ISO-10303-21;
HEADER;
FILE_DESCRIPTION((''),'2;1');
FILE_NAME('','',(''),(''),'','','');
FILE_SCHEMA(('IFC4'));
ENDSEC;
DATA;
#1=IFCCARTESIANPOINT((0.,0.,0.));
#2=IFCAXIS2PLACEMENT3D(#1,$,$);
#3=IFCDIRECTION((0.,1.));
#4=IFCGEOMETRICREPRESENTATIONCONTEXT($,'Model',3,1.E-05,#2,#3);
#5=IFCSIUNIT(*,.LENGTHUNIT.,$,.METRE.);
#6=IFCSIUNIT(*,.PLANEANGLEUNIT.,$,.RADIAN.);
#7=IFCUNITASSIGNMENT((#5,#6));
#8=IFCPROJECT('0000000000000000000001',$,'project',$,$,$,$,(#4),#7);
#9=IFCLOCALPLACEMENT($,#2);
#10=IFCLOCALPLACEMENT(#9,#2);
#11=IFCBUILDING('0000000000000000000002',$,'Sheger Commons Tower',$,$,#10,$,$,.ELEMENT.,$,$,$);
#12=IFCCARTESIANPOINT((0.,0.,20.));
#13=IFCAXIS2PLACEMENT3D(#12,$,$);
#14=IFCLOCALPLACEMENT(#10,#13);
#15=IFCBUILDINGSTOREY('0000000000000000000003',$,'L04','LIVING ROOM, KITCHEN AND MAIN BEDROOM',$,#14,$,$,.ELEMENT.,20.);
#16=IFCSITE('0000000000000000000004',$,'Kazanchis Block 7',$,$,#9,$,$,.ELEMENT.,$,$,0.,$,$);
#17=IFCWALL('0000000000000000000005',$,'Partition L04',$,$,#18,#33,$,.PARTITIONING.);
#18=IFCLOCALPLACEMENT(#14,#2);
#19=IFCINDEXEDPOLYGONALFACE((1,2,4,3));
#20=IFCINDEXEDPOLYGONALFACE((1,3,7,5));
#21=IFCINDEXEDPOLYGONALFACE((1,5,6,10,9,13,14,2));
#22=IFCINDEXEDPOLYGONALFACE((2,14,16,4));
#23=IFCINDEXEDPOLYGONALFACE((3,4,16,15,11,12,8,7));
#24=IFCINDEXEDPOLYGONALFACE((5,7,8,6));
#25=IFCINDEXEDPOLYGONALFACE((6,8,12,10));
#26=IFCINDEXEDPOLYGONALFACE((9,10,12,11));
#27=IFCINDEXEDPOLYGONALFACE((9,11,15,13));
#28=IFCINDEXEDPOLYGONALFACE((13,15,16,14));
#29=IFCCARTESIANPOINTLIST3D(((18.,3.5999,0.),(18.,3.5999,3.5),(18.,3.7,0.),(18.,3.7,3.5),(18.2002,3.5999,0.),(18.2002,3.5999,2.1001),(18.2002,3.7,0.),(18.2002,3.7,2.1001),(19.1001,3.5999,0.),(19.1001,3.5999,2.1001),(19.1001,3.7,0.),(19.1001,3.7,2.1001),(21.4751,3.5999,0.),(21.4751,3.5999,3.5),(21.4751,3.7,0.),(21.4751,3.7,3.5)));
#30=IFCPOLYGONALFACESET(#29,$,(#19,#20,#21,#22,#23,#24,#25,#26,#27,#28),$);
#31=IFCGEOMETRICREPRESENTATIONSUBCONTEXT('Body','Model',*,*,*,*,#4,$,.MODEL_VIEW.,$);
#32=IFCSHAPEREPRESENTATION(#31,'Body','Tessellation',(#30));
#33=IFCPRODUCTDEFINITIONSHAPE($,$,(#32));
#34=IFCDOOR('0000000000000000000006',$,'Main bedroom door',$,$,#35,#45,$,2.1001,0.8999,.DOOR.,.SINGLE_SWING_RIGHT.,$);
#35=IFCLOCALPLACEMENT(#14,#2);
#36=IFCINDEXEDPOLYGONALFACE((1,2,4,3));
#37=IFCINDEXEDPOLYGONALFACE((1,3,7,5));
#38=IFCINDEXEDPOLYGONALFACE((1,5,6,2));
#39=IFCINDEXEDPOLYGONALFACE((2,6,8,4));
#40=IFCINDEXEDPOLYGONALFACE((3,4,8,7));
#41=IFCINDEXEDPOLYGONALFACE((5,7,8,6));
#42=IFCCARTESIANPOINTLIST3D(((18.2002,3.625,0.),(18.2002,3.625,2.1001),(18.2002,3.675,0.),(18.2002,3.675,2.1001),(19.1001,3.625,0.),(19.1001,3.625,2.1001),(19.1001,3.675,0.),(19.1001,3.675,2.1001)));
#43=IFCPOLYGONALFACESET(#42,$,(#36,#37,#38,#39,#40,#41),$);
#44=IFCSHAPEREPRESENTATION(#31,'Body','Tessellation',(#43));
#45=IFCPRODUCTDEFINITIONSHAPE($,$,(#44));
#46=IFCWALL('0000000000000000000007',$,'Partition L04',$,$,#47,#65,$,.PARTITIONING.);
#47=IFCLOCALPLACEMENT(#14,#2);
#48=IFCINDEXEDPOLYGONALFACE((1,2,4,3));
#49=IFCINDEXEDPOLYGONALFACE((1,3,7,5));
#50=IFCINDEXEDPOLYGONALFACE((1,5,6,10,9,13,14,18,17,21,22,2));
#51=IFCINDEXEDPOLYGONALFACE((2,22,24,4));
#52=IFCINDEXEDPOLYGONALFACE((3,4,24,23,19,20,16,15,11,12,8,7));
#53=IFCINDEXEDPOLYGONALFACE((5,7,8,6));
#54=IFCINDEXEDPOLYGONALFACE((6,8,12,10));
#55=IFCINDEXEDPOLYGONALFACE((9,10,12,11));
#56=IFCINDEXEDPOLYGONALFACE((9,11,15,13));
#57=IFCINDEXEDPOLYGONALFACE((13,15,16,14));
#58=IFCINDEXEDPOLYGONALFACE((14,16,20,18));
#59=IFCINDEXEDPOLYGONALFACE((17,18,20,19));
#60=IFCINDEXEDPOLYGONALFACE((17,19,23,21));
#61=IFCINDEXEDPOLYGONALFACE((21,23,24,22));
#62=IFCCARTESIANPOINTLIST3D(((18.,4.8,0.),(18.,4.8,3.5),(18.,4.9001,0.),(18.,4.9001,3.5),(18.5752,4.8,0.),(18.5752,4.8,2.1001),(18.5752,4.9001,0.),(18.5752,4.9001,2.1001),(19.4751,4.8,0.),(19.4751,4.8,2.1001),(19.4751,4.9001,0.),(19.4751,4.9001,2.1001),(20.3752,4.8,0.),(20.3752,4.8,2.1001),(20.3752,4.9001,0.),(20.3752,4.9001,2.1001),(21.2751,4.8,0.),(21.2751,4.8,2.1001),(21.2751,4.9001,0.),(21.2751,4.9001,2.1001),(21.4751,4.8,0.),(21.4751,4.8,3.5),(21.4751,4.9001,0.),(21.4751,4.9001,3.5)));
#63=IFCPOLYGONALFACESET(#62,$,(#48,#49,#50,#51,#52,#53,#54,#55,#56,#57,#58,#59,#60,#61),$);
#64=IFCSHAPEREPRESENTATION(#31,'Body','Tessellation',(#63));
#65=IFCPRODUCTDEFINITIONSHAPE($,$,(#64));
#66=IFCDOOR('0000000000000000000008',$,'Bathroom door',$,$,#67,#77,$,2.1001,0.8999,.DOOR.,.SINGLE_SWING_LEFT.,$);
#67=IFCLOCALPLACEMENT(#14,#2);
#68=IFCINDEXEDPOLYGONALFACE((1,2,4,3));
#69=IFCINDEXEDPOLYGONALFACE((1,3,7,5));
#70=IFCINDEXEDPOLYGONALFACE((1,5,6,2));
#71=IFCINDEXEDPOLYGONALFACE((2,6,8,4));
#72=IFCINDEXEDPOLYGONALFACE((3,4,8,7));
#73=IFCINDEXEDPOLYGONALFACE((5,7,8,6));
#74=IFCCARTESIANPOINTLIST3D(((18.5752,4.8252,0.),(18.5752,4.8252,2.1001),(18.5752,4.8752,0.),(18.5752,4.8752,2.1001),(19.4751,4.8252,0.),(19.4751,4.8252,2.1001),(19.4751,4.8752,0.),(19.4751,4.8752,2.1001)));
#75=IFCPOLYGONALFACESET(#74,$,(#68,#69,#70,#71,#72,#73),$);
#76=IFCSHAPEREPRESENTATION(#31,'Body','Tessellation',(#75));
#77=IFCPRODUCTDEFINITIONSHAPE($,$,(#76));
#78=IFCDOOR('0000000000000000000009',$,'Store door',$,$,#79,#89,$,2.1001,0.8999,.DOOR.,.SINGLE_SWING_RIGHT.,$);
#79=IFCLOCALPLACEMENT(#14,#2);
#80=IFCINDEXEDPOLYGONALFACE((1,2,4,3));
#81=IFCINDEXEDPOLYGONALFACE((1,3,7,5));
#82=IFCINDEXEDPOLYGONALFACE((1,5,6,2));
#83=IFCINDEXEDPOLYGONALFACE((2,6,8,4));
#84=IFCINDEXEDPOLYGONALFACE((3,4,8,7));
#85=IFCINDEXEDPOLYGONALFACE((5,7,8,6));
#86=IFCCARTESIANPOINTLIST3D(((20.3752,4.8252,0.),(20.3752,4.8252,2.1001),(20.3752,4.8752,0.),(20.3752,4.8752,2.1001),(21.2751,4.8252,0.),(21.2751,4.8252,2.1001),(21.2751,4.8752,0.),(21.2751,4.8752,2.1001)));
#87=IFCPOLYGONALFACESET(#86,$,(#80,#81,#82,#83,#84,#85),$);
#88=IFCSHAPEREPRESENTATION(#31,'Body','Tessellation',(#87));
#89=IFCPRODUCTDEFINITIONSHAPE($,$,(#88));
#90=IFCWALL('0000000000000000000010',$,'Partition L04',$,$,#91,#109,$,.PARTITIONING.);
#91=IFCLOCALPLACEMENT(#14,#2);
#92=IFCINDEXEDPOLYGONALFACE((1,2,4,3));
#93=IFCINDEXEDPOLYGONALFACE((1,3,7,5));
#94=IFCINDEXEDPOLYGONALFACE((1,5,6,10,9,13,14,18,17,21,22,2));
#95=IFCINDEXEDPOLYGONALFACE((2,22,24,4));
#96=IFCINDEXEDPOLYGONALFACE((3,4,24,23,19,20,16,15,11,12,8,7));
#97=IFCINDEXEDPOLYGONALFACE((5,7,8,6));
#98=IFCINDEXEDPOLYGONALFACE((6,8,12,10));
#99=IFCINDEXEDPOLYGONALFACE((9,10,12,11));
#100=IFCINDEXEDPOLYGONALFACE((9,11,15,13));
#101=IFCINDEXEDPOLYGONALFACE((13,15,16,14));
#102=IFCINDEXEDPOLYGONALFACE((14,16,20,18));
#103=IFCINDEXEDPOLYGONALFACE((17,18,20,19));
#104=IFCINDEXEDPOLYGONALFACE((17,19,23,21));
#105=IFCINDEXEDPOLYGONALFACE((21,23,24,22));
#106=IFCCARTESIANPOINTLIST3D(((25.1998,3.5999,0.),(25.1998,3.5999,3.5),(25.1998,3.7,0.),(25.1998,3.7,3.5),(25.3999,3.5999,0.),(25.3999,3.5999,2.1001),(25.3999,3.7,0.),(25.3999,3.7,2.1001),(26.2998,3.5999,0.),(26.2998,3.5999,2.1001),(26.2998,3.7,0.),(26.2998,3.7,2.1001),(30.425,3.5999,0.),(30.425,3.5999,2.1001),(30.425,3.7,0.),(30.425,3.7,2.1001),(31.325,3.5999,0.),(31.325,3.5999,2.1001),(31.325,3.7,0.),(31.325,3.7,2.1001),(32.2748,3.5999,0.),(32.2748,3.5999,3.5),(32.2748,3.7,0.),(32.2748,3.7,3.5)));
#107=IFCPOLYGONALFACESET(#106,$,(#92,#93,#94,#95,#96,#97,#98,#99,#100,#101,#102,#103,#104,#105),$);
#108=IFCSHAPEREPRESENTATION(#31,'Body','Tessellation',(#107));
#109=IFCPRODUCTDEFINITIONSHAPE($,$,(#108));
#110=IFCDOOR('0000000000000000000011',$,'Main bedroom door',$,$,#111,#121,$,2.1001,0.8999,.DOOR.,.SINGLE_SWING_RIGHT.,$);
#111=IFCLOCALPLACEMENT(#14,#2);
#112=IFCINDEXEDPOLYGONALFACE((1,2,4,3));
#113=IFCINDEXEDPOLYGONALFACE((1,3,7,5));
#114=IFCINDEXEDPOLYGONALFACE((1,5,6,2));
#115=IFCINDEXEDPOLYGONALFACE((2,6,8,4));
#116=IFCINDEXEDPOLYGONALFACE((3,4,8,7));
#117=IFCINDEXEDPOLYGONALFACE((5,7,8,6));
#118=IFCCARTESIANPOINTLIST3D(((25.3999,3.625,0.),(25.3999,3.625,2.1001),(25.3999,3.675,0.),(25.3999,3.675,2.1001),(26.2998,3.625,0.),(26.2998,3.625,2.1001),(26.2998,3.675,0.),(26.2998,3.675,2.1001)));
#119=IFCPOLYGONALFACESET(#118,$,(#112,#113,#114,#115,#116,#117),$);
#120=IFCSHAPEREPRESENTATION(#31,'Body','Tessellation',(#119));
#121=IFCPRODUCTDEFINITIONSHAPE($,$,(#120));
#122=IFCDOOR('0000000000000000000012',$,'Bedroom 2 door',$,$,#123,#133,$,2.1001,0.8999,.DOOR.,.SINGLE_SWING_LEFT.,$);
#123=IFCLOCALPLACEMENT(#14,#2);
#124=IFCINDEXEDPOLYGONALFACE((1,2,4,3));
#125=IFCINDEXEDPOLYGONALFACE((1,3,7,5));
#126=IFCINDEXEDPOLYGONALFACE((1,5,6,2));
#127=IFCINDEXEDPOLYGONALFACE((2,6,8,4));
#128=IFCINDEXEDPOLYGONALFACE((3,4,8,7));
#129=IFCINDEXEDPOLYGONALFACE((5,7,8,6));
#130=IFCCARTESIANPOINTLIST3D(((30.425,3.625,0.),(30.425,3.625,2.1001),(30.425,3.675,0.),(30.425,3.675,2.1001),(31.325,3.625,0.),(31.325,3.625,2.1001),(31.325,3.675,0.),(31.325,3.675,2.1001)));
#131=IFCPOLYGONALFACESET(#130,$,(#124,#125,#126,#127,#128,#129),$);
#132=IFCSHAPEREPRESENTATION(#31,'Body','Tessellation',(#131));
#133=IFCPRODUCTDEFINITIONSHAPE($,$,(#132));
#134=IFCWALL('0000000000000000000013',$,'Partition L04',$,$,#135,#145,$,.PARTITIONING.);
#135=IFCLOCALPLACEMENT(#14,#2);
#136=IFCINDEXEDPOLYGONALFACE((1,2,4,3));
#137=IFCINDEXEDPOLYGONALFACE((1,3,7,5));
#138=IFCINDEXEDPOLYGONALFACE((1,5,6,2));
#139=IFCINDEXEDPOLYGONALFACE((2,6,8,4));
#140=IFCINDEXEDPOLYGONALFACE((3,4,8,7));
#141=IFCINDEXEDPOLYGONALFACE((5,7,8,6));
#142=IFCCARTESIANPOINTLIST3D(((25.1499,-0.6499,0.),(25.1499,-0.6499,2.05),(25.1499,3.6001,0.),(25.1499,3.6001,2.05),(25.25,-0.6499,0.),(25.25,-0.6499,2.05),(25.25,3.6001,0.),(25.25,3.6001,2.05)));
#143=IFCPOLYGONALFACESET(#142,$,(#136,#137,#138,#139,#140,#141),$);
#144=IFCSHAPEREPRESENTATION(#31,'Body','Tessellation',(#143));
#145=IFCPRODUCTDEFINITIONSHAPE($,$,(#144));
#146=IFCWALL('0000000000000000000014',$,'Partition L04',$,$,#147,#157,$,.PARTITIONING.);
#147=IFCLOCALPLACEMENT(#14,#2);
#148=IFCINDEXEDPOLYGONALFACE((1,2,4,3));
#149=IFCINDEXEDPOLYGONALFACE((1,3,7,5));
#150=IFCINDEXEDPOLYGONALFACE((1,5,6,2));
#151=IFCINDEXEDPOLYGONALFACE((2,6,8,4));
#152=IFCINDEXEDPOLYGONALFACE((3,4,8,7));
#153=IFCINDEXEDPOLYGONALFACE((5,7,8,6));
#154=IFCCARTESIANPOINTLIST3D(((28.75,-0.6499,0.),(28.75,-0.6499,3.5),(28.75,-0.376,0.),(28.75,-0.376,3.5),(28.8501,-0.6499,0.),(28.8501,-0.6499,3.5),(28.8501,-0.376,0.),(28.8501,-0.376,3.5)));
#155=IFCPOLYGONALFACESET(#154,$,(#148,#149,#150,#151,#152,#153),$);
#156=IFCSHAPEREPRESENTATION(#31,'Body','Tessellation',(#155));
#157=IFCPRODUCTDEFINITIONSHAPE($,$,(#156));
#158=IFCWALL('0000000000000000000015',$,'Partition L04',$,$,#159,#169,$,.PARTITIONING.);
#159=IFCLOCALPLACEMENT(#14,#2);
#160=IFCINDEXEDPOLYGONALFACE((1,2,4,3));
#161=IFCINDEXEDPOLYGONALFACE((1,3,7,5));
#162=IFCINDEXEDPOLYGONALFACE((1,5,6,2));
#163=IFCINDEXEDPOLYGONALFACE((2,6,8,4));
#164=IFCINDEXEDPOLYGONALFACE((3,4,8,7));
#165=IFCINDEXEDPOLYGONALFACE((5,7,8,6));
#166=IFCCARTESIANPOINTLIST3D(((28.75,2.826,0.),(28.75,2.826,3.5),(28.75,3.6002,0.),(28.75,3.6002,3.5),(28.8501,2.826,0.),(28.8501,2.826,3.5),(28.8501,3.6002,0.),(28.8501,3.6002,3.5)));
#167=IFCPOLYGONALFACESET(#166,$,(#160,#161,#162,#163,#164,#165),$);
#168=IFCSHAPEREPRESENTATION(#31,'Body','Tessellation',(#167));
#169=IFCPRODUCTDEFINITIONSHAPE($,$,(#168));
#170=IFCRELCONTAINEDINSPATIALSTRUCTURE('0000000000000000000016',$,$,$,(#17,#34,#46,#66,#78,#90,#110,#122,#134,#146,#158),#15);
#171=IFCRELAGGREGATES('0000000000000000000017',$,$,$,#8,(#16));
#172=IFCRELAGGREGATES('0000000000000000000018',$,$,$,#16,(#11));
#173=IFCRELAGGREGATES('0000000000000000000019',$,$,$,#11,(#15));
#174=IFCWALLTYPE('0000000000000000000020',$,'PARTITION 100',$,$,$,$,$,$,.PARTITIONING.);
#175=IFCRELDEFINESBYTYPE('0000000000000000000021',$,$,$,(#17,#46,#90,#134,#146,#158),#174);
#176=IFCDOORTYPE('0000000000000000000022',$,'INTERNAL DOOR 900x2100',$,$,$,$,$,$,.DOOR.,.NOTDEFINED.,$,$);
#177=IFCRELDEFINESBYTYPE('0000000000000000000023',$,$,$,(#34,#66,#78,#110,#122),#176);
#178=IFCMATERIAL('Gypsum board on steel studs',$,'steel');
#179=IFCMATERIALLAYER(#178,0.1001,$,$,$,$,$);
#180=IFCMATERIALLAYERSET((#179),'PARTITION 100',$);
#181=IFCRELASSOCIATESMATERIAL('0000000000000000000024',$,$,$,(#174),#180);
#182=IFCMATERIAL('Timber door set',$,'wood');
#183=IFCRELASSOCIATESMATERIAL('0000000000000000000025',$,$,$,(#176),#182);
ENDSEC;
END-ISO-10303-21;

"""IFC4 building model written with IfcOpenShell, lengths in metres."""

from ifc_helpers import new_model, si_unit, direction, frame, frame_2d, origin, place, context, subcontext, project, spatial, rectangle, extrude, material, layer, layer_set, type_object, element, fill, save


model = new_model("IFC4")

# Units and contexts
model_context = context("Model", 3, precision=1e-05, world=origin(), true_north=direction((0.0, 1.0)))
body_context = subcontext(model_context, "Body", "Model", "MODEL_VIEW")
ifc_project = project(units=[si_unit("LENGTHUNIT", "METRE"), si_unit("PLANEANGLEUNIT", "RADIAN")], contexts=[model_context])

# Site, building, storey
site_placement = place(None, origin())
site = spatial("IfcSite", under=ifc_project, at=site_placement, Name="Kazanchis Block 7", CompositionType="ELEMENT", RefElevation=0.0)
building_placement = place(site_placement, origin())
building = spatial("IfcBuilding", under=site, at=building_placement, Name="Sheger Commons Tower", CompositionType="ELEMENT")
storey_placement = place(building_placement, frame((0.0, 0.0, 20.0)))
storey = spatial("IfcBuildingStorey", under=building, at=storey_placement, Name="L04", Description="LIVING ROOM, KITCHEN AND MAIN BEDROOM", CompositionType="ELEMENT", Elevation=20.0)

# Wall, opening, door
ifc_material_1 = material(Name="Gypsum board on steel studs", Category="steel")
ifc_layer_1 = layer(ifc_material_1, 0.1001)
ifc_layer_set_1 = layer_set([ifc_layer_1], Name="PARTITION 100")
wall_type_1 = type_object("IfcWallType", Name="PARTITION 100", PredefinedType="PARTITIONING", material=ifc_layer_set_1)
wall_1_placement = place(storey_placement, frame((21.4751, 3.6499, 0.0), z_axis=(0.0, 0.0, 1.0), x_axis=(-1.0, 0.0, 0.0)))
wall_1 = element("IfcWall", 1, at=wall_1_placement, inside=storey, type_object=wall_type_1, Name="Partition L04", PredefinedType="PARTITIONING", context=body_context, shape_type="SweptSolid", body=[
    extrude(rectangle(XDim=3.4751, YDim=0.1001, at=frame_2d((1.7375, 0.0))), origin(), (0.0, 0.0, 1.0), 3.5),
])
opening_1_placement = place(wall_1_placement, frame((2.375, 0.0, 0.0)))
opening_1 = element("IfcOpeningElement", 2, at=opening_1_placement, cuts=wall_1, PredefinedType="OPENING", context=body_context, shape_type="SweptSolid", body=[
    extrude(rectangle(XDim=0.8999, YDim=2.1001, at=frame_2d((0.45, 1.05))), frame((0.0, 0.0601, 0.0), z_axis=(0.0, -1.0, 0.0), x_axis=(1.0, 0.0, 0.0)), (0.0, 0.0, 1.0), 0.1201),
])
ifc_material_2 = material(Name="Timber door set", Category="wood")
door_type = type_object("IfcDoorType", Name="INTERNAL DOOR 900x2100", OperationType="NOTDEFINED", PredefinedType="DOOR", material=ifc_material_2)
door_1_placement = place(opening_1_placement, origin())
door_1 = element("IfcDoor", 3, at=door_1_placement, inside=storey, type_object=door_type, Name="Main bedroom door", OperationType="SINGLE_SWING_RIGHT", OverallHeight=2.1001, OverallWidth=0.8999, PredefinedType="DOOR", context=body_context, shape_type="SweptSolid", body=[
    extrude(rectangle(XDim=0.8999, YDim=2.1001, at=frame_2d((0.45, 1.05))), frame((0.0, 0.0249, 0.0), z_axis=(0.0, -1.0, 0.0), x_axis=(1.0, 0.0, 0.0)), (0.0, 0.0, 1.0), 0.05),
])
fill(opening_1, door_1)

# Walls, openings, doors
wall_2_placement = place(storey_placement, frame((21.4751, 4.8501, 0.0), z_axis=(0.0, 0.0, 1.0), x_axis=(-1.0, 0.0, 0.0)))
wall_2 = element("IfcWall", 4, at=wall_2_placement, inside=storey, type_object=wall_type_1, Name="Partition L04", PredefinedType="PARTITIONING", context=body_context, shape_type="SweptSolid", body=[
    extrude(rectangle(XDim=3.4751, YDim=0.1001, at=frame_2d((1.7375, 0.0))), origin(), (0.0, 0.0, 1.0), 3.5),
])
opening_2_placement = place(wall_2_placement, frame((2.0, 0.0, 0.0)))
opening_2 = element("IfcOpeningElement", 5, at=opening_2_placement, cuts=wall_2, PredefinedType="OPENING", context=body_context, shape_type="SweptSolid", body=[
    extrude(rectangle(XDim=0.8999, YDim=2.1001, at=frame_2d((0.45, 1.05))), frame((0.0, 0.0601, 0.0), z_axis=(0.0, -1.0, 0.0), x_axis=(1.0, 0.0, 0.0)), (0.0, 0.0, 1.0), 0.1201),
])
opening_3_placement = place(wall_2_placement, frame((0.2, 0.0, 0.0)))
opening_3 = element("IfcOpeningElement", 6, at=opening_3_placement, cuts=wall_2, PredefinedType="OPENING", context=body_context, shape_type="SweptSolid", body=[
    extrude(rectangle(XDim=0.8999, YDim=2.1001, at=frame_2d((0.45, 1.05))), frame((0.0, 0.0601, 0.0), z_axis=(0.0, -1.0, 0.0), x_axis=(1.0, 0.0, 0.0)), (0.0, 0.0, 1.0), 0.1201),
])
door_2_placement = place(opening_2_placement, origin())
door_2 = element("IfcDoor", 7, at=door_2_placement, inside=storey, type_object=door_type, Name="Bathroom door", OperationType="SINGLE_SWING_LEFT", OverallHeight=2.1001, OverallWidth=0.8999, PredefinedType="DOOR", context=body_context, shape_type="SweptSolid", body=[
    extrude(rectangle(XDim=0.8999, YDim=2.1001, at=frame_2d((0.45, 1.05))), frame((0.0, 0.0249, 0.0), z_axis=(0.0, -1.0, 0.0), x_axis=(1.0, 0.0, 0.0)), (0.0, 0.0, 1.0), 0.05),
])
fill(opening_2, door_2)
door_3_placement = place(opening_3_placement, origin())
door_3 = element("IfcDoor", 8, at=door_3_placement, inside=storey, type_object=door_type, Name="Store door", OperationType="SINGLE_SWING_RIGHT", OverallHeight=2.1001, OverallWidth=0.8999, PredefinedType="DOOR", context=body_context, shape_type="SweptSolid", body=[
    extrude(rectangle(XDim=0.8999, YDim=2.1001, at=frame_2d((0.45, 1.05))), frame((0.0, 0.0249, 0.0), z_axis=(0.0, -1.0, 0.0), x_axis=(1.0, 0.0, 0.0)), (0.0, 0.0, 1.0), 0.05),
])
fill(opening_3, door_3)
wall_3_placement = place(storey_placement, frame((32.2749, 3.6499, 0.0), z_axis=(0.0, 0.0, 1.0), x_axis=(-1.0, 0.0, 0.0)))
wall_3 = element("IfcWall", 9, at=wall_3_placement, inside=storey, type_object=wall_type_1, Name="Partition L04", PredefinedType="PARTITIONING", context=body_context, shape_type="SweptSolid", body=[
    extrude(rectangle(XDim=7.075, YDim=0.1001, at=frame_2d((3.5376, 0.0))), origin(), (0.0, 0.0, 1.0), 3.5),
])
opening_4_placement = place(wall_3_placement, frame((5.9751, 0.0, 0.0)))
opening_4 = element("IfcOpeningElement", 10, at=opening_4_placement, cuts=wall_3, PredefinedType="OPENING", context=body_context, shape_type="SweptSolid", body=[
    extrude(rectangle(XDim=0.8999, YDim=2.1001, at=frame_2d((0.45, 1.05))), frame((0.0, 0.0601, 0.0), z_axis=(0.0, -1.0, 0.0), x_axis=(1.0, 0.0, 0.0)), (0.0, 0.0, 1.0), 0.1201),
])
opening_5_placement = place(wall_3_placement, frame((0.95, 0.0, 0.0)))
opening_5 = element("IfcOpeningElement", 11, at=opening_5_placement, cuts=wall_3, PredefinedType="OPENING", context=body_context, shape_type="SweptSolid", body=[
    extrude(rectangle(XDim=0.8999, YDim=2.1001, at=frame_2d((0.45, 1.05))), frame((0.0, 0.0601, 0.0), z_axis=(0.0, -1.0, 0.0), x_axis=(1.0, 0.0, 0.0)), (0.0, 0.0, 1.0), 0.1201),
])
door_4_placement = place(opening_4_placement, origin())
door_4 = element("IfcDoor", 12, at=door_4_placement, inside=storey, type_object=door_type, Name="Main bedroom door", OperationType="SINGLE_SWING_RIGHT", OverallHeight=2.1001, OverallWidth=0.8999, PredefinedType="DOOR", context=body_context, shape_type="SweptSolid", body=[
    extrude(rectangle(XDim=0.8999, YDim=2.1001, at=frame_2d((0.45, 1.05))), frame((0.0, 0.0249, 0.0), z_axis=(0.0, -1.0, 0.0), x_axis=(1.0, 0.0, 0.0)), (0.0, 0.0, 1.0), 0.05),
])
fill(opening_4, door_4)
door_5_placement = place(opening_5_placement, origin())
door_5 = element("IfcDoor", 13, at=door_5_placement, inside=storey, type_object=door_type, Name="Bedroom 2 door", OperationType="SINGLE_SWING_LEFT", OverallHeight=2.1001, OverallWidth=0.8999, PredefinedType="DOOR", context=body_context, shape_type="SweptSolid", body=[
    extrude(rectangle(XDim=0.8999, YDim=2.1001, at=frame_2d((0.45, 1.05))), frame((0.0, 0.0249, 0.0), z_axis=(0.0, -1.0, 0.0), x_axis=(1.0, 0.0, 0.0)), (0.0, 0.0, 1.0), 0.05),
])
fill(opening_5, door_5)

# Walls
wall_4_placement = place(storey_placement, frame((25.2, -0.6499, 0.0), z_axis=(0.0, 0.0, 1.0), x_axis=(0.0, 1.0, 0.0)))
element("IfcWall", 14, at=wall_4_placement, inside=storey, type_object=wall_type_1, Name="Partition L04", PredefinedType="PARTITIONING", context=body_context, shape_type="SweptSolid", body=[
    extrude(rectangle(XDim=4.25, YDim=0.1001, at=frame_2d((2.125, 0.0))), origin(), (0.0, 0.0, 1.0), 2.05),
])
wall_5_placement = place(storey_placement, frame((28.8, -0.6499, 0.0), z_axis=(0.0, 0.0, 1.0), x_axis=(0.0, 1.0, 0.0)))
element("IfcWall", 15, at=wall_5_placement, inside=storey, type_object=wall_type_1, Name="Partition L04", PredefinedType="PARTITIONING", context=body_context, shape_type="SweptSolid", body=[
    extrude(rectangle(XDim=0.2739, YDim=0.1001, at=frame_2d((0.137, 0.0))), origin(), (0.0, 0.0, 1.0), 3.5),
])
wall_6_placement = place(storey_placement, frame((28.8, 2.8259, 0.0), z_axis=(0.0, 0.0, 1.0), x_axis=(0.0, 1.0, 0.0)))
element("IfcWall", 16, at=wall_6_placement, inside=storey, type_object=wall_type_1, Name="Partition L04", PredefinedType="PARTITIONING", context=body_context, shape_type="SweptSolid", body=[
    extrude(rectangle(XDim=0.7742, YDim=0.1001, at=frame_2d((0.3872, 0.0))), origin(), (0.0, 0.0, 1.0), 3.5),
])

save(model, "model.ifc")
